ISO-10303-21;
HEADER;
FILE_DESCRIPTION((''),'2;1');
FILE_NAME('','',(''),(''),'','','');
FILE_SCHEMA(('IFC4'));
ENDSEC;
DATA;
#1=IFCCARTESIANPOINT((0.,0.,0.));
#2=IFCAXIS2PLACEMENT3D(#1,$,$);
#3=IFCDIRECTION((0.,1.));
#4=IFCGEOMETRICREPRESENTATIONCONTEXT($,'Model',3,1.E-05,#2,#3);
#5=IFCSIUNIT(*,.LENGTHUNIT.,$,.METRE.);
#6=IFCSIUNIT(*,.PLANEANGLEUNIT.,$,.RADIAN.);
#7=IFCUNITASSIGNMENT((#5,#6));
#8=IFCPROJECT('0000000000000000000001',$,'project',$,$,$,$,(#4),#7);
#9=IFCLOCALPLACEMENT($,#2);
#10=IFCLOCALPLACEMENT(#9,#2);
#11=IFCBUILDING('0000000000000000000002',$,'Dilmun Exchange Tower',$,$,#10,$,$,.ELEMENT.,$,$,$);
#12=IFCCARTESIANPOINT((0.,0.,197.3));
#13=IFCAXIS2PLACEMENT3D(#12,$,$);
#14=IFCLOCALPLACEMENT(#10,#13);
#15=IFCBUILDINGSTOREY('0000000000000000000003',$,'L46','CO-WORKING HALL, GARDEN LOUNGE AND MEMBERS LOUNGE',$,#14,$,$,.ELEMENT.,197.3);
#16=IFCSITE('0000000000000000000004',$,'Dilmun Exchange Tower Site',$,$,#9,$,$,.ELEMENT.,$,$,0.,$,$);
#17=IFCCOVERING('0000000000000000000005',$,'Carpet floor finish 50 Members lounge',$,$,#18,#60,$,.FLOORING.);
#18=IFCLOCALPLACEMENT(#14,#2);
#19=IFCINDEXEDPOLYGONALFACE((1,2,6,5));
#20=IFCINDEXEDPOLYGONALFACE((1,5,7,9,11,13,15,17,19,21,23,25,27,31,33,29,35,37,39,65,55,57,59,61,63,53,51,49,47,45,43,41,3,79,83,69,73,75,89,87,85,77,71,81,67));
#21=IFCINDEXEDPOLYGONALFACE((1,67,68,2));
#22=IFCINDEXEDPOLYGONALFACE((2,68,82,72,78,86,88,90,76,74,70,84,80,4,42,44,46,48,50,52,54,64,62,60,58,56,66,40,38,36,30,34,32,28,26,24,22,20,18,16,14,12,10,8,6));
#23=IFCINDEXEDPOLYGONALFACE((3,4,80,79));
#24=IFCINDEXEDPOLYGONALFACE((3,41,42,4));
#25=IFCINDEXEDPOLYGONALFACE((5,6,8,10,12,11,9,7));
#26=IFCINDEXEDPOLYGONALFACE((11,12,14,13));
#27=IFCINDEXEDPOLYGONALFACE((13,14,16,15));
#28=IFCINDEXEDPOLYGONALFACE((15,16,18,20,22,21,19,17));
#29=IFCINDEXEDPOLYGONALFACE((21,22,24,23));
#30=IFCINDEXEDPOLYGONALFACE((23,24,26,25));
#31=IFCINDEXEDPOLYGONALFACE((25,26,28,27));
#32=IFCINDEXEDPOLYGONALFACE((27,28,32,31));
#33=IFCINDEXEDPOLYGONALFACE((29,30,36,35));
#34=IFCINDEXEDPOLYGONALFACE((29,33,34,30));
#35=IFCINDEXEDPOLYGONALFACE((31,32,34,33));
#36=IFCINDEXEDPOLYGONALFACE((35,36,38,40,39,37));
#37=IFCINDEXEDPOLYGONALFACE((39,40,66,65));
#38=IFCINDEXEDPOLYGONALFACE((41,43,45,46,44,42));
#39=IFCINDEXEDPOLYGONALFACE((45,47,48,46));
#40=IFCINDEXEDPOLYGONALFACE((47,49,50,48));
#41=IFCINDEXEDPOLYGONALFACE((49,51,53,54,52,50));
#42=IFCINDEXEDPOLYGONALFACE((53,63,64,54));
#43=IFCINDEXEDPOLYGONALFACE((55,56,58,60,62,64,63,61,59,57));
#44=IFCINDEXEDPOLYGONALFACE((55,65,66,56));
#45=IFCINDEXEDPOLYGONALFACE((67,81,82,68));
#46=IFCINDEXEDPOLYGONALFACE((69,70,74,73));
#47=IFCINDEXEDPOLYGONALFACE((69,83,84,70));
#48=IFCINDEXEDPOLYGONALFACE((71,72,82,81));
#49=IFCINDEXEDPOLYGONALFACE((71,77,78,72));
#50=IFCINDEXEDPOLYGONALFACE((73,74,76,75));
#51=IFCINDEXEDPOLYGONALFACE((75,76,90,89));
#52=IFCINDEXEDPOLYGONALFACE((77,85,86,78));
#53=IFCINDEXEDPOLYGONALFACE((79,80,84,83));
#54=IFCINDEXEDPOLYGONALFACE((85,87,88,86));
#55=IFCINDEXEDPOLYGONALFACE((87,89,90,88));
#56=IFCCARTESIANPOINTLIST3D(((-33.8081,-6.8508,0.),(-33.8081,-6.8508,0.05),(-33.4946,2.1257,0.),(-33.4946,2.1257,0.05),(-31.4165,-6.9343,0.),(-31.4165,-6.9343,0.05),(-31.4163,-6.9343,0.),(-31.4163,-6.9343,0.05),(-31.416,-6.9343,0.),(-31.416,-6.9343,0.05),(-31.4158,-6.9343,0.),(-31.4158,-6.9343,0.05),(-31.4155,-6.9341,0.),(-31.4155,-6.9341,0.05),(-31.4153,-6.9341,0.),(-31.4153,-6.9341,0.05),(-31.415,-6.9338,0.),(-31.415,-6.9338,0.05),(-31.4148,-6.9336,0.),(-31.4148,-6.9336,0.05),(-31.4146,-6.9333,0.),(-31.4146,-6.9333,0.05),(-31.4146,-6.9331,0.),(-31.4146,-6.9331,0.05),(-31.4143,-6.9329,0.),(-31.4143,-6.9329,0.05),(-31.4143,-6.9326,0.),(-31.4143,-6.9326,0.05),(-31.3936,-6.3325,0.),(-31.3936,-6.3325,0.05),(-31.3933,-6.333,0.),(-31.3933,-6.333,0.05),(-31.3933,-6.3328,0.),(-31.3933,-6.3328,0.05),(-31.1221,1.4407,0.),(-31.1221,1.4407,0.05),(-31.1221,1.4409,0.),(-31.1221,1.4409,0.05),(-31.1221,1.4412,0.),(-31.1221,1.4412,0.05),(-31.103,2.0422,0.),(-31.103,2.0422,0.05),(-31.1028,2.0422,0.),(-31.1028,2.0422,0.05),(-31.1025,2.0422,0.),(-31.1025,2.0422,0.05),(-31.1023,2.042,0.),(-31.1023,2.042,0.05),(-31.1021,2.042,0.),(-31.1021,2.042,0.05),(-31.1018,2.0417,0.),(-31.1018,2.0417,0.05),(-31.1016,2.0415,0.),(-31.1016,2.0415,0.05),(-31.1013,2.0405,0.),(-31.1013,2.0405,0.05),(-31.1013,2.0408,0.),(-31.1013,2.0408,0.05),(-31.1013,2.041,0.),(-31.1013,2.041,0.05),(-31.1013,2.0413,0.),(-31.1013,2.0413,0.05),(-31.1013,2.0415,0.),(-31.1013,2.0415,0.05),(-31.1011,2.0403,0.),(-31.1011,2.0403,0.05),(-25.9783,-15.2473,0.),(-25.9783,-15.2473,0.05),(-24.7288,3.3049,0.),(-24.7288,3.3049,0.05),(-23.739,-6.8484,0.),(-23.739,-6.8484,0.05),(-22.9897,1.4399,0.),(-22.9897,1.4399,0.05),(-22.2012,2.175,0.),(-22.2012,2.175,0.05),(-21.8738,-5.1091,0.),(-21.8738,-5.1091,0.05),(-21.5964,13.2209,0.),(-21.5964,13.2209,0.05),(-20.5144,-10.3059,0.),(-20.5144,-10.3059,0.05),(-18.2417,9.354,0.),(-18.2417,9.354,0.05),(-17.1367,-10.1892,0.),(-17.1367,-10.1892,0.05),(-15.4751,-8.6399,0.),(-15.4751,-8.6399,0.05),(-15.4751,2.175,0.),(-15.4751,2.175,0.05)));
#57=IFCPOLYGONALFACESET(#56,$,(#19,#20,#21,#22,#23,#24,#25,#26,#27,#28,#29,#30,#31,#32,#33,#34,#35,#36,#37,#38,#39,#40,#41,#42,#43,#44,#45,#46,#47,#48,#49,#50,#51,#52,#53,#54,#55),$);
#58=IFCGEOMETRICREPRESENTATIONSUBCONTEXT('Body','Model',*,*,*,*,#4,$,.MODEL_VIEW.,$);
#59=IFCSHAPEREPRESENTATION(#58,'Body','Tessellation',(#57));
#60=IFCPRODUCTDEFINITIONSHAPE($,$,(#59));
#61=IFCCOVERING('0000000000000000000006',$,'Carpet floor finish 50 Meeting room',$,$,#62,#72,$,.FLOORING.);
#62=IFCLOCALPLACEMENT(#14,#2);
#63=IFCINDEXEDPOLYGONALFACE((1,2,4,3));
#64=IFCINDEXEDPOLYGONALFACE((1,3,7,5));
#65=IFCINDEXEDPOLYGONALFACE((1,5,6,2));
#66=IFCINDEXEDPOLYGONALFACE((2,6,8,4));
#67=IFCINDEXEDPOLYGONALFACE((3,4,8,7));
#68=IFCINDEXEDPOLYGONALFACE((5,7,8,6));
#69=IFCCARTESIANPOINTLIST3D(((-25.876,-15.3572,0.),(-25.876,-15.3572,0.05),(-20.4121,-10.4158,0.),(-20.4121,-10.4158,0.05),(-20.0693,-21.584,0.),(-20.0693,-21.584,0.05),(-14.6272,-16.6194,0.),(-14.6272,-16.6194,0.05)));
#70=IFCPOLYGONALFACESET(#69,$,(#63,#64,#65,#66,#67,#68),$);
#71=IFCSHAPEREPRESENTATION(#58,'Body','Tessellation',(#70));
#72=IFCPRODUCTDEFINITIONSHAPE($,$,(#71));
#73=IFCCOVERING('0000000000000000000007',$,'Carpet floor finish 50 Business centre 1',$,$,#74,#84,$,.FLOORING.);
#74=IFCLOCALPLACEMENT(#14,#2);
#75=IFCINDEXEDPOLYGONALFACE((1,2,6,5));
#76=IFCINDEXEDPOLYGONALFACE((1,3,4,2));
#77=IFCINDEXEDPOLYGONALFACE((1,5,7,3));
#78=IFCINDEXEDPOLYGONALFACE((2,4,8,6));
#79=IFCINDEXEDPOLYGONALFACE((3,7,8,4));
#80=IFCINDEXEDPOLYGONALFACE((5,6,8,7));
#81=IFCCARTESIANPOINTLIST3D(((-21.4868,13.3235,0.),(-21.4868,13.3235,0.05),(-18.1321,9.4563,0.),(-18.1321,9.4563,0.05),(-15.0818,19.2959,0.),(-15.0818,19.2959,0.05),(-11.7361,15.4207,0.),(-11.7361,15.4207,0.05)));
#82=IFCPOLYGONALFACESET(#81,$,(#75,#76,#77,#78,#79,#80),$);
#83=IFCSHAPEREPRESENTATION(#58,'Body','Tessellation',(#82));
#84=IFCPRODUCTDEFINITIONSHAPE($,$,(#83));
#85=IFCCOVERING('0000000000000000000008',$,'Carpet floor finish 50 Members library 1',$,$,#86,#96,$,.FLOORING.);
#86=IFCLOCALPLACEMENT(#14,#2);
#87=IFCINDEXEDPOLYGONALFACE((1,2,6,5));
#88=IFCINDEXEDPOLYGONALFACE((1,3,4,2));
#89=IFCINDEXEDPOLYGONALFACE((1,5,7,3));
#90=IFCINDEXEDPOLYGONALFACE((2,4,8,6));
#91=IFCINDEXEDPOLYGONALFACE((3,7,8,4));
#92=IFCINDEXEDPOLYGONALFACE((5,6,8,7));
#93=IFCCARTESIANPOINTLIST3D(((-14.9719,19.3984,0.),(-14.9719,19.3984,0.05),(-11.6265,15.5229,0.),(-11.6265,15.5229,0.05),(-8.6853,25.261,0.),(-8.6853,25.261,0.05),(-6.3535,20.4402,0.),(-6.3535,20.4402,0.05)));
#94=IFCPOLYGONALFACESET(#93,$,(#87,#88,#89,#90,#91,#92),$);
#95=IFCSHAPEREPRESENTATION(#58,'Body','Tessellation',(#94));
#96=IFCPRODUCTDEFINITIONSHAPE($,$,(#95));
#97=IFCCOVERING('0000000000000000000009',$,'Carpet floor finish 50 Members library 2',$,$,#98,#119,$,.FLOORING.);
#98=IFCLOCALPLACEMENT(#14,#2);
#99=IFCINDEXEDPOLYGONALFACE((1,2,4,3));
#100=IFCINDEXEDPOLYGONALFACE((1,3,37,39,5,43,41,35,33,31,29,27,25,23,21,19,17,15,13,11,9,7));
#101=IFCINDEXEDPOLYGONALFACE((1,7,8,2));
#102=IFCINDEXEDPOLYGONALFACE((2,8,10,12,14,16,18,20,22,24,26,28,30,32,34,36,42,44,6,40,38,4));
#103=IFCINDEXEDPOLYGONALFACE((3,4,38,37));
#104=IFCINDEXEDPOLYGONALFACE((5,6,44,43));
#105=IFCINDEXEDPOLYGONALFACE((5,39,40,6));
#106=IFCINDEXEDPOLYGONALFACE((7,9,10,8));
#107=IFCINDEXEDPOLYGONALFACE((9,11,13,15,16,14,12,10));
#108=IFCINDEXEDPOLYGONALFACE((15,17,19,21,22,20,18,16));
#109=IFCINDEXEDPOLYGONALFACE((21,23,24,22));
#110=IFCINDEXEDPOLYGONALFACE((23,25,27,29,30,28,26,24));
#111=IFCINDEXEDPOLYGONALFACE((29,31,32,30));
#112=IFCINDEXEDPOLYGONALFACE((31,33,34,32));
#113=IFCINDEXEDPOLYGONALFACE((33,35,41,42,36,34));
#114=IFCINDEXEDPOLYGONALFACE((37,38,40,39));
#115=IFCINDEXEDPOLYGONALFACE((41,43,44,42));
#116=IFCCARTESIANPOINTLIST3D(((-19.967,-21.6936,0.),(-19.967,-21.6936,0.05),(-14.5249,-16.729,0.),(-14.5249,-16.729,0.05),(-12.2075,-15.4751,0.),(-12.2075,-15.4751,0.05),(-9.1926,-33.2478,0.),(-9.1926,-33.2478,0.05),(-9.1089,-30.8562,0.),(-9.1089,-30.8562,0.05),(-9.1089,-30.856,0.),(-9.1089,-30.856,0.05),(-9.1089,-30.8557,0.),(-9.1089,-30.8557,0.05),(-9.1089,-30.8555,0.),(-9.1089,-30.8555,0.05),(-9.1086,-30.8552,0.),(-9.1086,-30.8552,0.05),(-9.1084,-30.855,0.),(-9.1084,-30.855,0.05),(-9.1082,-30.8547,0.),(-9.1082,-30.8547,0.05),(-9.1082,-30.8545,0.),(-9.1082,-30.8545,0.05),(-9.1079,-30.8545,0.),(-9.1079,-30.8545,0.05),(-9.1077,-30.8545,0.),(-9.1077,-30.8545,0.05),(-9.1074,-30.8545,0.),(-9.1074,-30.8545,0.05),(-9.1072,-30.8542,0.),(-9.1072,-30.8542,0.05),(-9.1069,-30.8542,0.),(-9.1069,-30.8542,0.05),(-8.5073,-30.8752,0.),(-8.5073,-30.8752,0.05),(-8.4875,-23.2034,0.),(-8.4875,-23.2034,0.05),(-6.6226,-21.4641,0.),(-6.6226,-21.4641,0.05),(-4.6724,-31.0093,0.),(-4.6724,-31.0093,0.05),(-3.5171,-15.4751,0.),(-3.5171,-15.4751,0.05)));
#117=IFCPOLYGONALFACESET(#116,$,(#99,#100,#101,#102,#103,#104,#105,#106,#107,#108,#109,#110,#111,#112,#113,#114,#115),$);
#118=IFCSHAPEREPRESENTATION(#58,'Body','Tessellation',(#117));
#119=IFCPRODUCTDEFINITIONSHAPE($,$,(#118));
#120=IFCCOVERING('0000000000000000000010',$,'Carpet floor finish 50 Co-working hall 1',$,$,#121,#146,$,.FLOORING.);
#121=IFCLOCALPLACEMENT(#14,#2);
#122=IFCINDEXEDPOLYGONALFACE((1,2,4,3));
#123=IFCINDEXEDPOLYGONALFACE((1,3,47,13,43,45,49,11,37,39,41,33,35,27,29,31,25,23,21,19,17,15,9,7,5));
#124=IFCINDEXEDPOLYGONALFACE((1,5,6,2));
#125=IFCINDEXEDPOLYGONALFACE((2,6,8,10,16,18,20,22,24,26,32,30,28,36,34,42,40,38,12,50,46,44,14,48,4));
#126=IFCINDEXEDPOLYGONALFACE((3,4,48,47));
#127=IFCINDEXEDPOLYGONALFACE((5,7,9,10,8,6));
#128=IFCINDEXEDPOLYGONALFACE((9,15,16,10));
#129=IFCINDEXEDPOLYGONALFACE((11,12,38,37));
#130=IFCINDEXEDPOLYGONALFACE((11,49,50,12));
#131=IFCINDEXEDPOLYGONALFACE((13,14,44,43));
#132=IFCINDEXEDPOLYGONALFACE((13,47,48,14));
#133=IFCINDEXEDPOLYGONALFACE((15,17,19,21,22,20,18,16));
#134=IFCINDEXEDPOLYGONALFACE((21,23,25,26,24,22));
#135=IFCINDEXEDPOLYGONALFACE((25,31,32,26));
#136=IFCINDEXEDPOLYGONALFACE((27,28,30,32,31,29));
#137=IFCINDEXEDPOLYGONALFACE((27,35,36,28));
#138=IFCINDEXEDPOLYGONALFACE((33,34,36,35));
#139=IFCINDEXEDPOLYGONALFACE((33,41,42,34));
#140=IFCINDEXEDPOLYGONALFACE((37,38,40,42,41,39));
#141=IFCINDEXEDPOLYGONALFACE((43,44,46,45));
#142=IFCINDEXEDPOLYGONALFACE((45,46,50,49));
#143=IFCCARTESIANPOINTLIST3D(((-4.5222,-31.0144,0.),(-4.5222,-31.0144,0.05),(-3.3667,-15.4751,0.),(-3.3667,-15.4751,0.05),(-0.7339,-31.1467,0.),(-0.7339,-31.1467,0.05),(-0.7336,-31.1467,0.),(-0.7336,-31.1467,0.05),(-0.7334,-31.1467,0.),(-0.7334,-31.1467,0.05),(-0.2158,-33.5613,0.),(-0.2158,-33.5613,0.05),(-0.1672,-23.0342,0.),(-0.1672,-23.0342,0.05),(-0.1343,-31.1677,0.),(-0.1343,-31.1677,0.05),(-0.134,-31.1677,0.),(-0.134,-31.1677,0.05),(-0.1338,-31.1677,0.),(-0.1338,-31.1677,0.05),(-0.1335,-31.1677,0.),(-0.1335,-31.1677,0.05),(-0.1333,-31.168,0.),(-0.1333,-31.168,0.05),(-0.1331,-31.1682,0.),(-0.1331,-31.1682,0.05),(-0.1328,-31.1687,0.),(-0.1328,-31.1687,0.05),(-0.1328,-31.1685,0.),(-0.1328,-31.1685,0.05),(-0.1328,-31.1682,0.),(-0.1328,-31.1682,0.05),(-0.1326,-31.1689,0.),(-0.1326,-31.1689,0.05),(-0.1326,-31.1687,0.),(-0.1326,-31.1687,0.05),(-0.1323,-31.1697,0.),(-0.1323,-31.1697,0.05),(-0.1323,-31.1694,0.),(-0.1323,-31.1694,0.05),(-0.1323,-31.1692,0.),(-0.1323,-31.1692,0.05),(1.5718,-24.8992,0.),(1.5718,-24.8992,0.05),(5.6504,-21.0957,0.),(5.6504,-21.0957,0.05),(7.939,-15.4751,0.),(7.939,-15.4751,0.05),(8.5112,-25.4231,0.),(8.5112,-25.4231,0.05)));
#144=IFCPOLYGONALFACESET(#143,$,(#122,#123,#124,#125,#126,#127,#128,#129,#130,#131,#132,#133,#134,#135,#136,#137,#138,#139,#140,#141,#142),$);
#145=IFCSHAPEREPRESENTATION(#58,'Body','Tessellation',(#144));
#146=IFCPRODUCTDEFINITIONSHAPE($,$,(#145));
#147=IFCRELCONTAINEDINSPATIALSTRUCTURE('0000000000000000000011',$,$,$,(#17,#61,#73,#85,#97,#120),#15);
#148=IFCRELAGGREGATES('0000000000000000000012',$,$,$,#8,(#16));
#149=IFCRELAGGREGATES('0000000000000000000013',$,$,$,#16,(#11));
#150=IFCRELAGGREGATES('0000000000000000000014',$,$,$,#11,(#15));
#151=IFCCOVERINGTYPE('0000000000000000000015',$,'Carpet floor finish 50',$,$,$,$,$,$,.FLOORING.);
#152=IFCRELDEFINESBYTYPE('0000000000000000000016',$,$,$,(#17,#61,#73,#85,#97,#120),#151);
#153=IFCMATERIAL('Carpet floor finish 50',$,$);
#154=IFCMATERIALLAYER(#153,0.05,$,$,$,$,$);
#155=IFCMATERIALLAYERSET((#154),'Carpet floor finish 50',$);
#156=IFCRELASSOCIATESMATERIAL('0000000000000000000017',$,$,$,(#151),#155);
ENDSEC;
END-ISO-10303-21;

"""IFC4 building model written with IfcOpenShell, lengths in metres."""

from ifc_helpers import new_model, si_unit, direction, frame, origin, place, context, subcontext, project, spatial, polyline, outline, extrude, material, layer, layer_set, type_object, element, save


model = new_model("IFC4")

# Units and contexts
model_context = context("Model", 3, precision=1e-05, world=origin(), true_north=direction((0.0, 1.0)))
body_context = subcontext(model_context, "Body", "Model", "MODEL_VIEW")
ifc_project = project(units=[si_unit("LENGTHUNIT", "METRE"), si_unit("PLANEANGLEUNIT", "RADIAN")], contexts=[model_context])

# Site, building, storey
site_placement = place(None, origin())
site = spatial("IfcSite", under=ifc_project, at=site_placement, Name="Dilmun Exchange Tower Site", CompositionType="ELEMENT", RefElevation=0.0)
building_placement = place(site_placement, origin())
building = spatial("IfcBuilding", under=site, at=building_placement, Name="Dilmun Exchange Tower", CompositionType="ELEMENT")
storey_placement = place(building_placement, frame((0.0, 0.0, 197.3)))
storey = spatial("IfcBuildingStorey", under=building, at=storey_placement, Name="L46", Description="CO-WORKING HALL, GARDEN LOUNGE AND MEMBERS LOUNGE", CompositionType="ELEMENT", Elevation=197.3)

# Coverings
ifc_material_1 = material(Name="Carpet floor finish 50")
ifc_layer_1 = layer(ifc_material_1, 0.05)
ifc_layer_set_1 = layer_set([ifc_layer_1], Name="Carpet floor finish 50")
covering_type_1 = type_object("IfcCoveringType", Name="Carpet floor finish 50", PredefinedType="FLOORING", material=ifc_layer_set_1)
covering_1_placement = place(storey_placement, origin())
element("IfcCovering", 1, at=covering_1_placement, inside=storey, type_object=covering_type_1, Name="Carpet floor finish 50 Members lounge", PredefinedType="FLOORING", context=body_context, shape_type="SweptSolid", body=[
    extrude(outline(polyline([(-18.2417, 9.354), (-24.7288, 3.3049), (-22.9897, 1.4399), (-22.2012, 2.175), (-15.4751, 2.175), (-15.4751, -8.6399), (-17.1367, -10.1892), (-21.8738, -5.1091), (-23.739, -6.8484), (-20.5144, -10.3059), (-25.9783, -15.2473), (-33.8081, -6.8508), (-31.4165, -6.9343), (-31.4163, -6.9343), (-31.416, -6.9343), (-31.416, -6.9343), (-31.4158, -6.9343), (-31.4155, -6.9341), (-31.4153, -6.9341), (-31.4153, -6.9341), (-31.415, -6.9338), (-31.4148, -6.9336), (-31.4148, -6.9336), (-31.4146, -6.9333), (-31.4146, -6.9331), (-31.4146, -6.9331), (-31.4143, -6.9329), (-31.4143, -6.9326), (-31.4143, -6.9326), (-31.3933, -6.333), (-31.3933, -6.3328), (-31.3936, -6.3325), (-31.3936, -6.3325), (-31.1221, 1.4407), (-31.1221, 1.4409), (-31.1221, 1.4409), (-31.1221, 1.4412), (-31.1011, 2.0403), (-31.1011, 2.0403), (-31.1013, 2.0405), (-31.1013, 2.0408), (-31.1013, 2.041), (-31.1013, 2.0413), (-31.1013, 2.0415), (-31.1016, 2.0415), (-31.1018, 2.0417), (-31.1018, 2.0417), (-31.1021, 2.042), (-31.1021, 2.042), (-31.1023, 2.042), (-31.1025, 2.0422), (-31.1028, 2.0422), (-31.1028, 2.0422), (-31.103, 2.0422), (-33.4946, 2.1257), (-21.5964, 13.2209), (-18.2417, 9.354)])), origin(), (0.0, 0.0, 1.0), 0.05),
])
covering_2_placement = place(storey_placement, origin())
element("IfcCovering", 2, at=covering_2_placement, inside=storey, type_object=covering_type_1, Name="Carpet floor finish 50 Meeting room", PredefinedType="FLOORING", context=body_context, shape_type="SweptSolid", body=[
    extrude(outline(polyline([(-20.4121, -10.4158), (-14.6272, -16.6194), (-20.0693, -21.584), (-25.876, -15.3572), (-20.4121, -10.4158)])), origin(), (0.0, 0.0, 1.0), 0.05),
])
covering_3_placement = place(storey_placement, origin())
element("IfcCovering", 3, at=covering_3_placement, inside=storey, type_object=covering_type_1, Name="Carpet floor finish 50 Business centre 1", PredefinedType="FLOORING", context=body_context, shape_type="SweptSolid", body=[
    extrude(outline(polyline([(-18.1321, 9.4563), (-21.4868, 13.3235), (-15.0818, 19.2959), (-11.7361, 15.4207), (-18.1321, 9.4563)])), origin(), (0.0, 0.0, 1.0), 0.05),
])
covering_4_placement = place(storey_placement, origin())
element("IfcCovering", 4, at=covering_4_placement, inside=storey, type_object=covering_type_1, Name="Carpet floor finish 50 Members library 1", PredefinedType="FLOORING", context=body_context, shape_type="SweptSolid", body=[
    extrude(outline(polyline([(-6.3535, 20.4402), (-11.6265, 15.5229), (-14.9719, 19.3984), (-8.6853, 25.261), (-6.3535, 20.4402)])), origin(), (0.0, 0.0, 1.0), 0.05),
])
covering_5_placement = place(storey_placement, origin())
element("IfcCovering", 5, at=covering_5_placement, inside=storey, type_object=covering_type_1, Name="Carpet floor finish 50 Members library 2", PredefinedType="FLOORING", context=body_context, shape_type="SweptSolid", body=[
    extrude(outline(polyline([(-6.6226, -21.4641), (-12.2075, -15.4751), (-3.5171, -15.4751), (-4.6724, -31.0093), (-8.5073, -30.8752), (-9.1069, -30.8542), (-9.1072, -30.8542), (-9.1074, -30.8545), (-9.1074, -30.8545), (-9.1077, -30.8545), (-9.1079, -30.8545), (-9.1082, -30.8545), (-9.1082, -30.8547), (-9.1084, -30.855), (-9.1084, -30.855), (-9.1086, -30.8552), (-9.1086, -30.8552), (-9.1089, -30.8555), (-9.1089, -30.8557), (-9.1089, -30.856), (-9.1089, -30.8562), (-9.1089, -30.8562), (-9.1926, -33.2478), (-19.967, -21.6936), (-14.5249, -16.729), (-8.4875, -23.2034), (-6.6226, -21.4641)])), origin(), (0.0, 0.0, 1.0), 0.05),
])
covering_6_placement = place(storey_placement, origin())
element("IfcCovering", 6, at=covering_6_placement, inside=storey, type_object=covering_type_1, Name="Carpet floor finish 50 Co-working hall 1", PredefinedType="FLOORING", context=body_context, shape_type="SweptSolid", body=[
    extrude(outline(polyline([(5.6504, -21.0957), (8.5112, -25.4231), (-0.2158, -33.5613), (-0.1323, -31.1697), (-0.1323, -31.1694), (-0.1323, -31.1692), (-0.1323, -31.1692), (-0.1326, -31.1689), (-0.1326, -31.1687), (-0.1328, -31.1687), (-0.1328, -31.1685), (-0.1328, -31.1682), (-0.1331, -31.1682), (-0.1333, -31.168), (-0.1333, -31.168), (-0.1335, -31.1677), (-0.1338, -31.1677), (-0.1338, -31.1677), (-0.134, -31.1677), (-0.1343, -31.1677), (-0.7334, -31.1467), (-0.7334, -31.1467), (-0.7336, -31.1467), (-0.7339, -31.1467), (-4.5222, -31.0144), (-3.3667, -15.4751), (7.939, -15.4751), (-0.1672, -23.0342), (1.5718, -24.8992), (5.6504, -21.0957)])), origin(), (0.0, 0.0, 1.0), 0.05),
])

save(model, "model.ifc")
